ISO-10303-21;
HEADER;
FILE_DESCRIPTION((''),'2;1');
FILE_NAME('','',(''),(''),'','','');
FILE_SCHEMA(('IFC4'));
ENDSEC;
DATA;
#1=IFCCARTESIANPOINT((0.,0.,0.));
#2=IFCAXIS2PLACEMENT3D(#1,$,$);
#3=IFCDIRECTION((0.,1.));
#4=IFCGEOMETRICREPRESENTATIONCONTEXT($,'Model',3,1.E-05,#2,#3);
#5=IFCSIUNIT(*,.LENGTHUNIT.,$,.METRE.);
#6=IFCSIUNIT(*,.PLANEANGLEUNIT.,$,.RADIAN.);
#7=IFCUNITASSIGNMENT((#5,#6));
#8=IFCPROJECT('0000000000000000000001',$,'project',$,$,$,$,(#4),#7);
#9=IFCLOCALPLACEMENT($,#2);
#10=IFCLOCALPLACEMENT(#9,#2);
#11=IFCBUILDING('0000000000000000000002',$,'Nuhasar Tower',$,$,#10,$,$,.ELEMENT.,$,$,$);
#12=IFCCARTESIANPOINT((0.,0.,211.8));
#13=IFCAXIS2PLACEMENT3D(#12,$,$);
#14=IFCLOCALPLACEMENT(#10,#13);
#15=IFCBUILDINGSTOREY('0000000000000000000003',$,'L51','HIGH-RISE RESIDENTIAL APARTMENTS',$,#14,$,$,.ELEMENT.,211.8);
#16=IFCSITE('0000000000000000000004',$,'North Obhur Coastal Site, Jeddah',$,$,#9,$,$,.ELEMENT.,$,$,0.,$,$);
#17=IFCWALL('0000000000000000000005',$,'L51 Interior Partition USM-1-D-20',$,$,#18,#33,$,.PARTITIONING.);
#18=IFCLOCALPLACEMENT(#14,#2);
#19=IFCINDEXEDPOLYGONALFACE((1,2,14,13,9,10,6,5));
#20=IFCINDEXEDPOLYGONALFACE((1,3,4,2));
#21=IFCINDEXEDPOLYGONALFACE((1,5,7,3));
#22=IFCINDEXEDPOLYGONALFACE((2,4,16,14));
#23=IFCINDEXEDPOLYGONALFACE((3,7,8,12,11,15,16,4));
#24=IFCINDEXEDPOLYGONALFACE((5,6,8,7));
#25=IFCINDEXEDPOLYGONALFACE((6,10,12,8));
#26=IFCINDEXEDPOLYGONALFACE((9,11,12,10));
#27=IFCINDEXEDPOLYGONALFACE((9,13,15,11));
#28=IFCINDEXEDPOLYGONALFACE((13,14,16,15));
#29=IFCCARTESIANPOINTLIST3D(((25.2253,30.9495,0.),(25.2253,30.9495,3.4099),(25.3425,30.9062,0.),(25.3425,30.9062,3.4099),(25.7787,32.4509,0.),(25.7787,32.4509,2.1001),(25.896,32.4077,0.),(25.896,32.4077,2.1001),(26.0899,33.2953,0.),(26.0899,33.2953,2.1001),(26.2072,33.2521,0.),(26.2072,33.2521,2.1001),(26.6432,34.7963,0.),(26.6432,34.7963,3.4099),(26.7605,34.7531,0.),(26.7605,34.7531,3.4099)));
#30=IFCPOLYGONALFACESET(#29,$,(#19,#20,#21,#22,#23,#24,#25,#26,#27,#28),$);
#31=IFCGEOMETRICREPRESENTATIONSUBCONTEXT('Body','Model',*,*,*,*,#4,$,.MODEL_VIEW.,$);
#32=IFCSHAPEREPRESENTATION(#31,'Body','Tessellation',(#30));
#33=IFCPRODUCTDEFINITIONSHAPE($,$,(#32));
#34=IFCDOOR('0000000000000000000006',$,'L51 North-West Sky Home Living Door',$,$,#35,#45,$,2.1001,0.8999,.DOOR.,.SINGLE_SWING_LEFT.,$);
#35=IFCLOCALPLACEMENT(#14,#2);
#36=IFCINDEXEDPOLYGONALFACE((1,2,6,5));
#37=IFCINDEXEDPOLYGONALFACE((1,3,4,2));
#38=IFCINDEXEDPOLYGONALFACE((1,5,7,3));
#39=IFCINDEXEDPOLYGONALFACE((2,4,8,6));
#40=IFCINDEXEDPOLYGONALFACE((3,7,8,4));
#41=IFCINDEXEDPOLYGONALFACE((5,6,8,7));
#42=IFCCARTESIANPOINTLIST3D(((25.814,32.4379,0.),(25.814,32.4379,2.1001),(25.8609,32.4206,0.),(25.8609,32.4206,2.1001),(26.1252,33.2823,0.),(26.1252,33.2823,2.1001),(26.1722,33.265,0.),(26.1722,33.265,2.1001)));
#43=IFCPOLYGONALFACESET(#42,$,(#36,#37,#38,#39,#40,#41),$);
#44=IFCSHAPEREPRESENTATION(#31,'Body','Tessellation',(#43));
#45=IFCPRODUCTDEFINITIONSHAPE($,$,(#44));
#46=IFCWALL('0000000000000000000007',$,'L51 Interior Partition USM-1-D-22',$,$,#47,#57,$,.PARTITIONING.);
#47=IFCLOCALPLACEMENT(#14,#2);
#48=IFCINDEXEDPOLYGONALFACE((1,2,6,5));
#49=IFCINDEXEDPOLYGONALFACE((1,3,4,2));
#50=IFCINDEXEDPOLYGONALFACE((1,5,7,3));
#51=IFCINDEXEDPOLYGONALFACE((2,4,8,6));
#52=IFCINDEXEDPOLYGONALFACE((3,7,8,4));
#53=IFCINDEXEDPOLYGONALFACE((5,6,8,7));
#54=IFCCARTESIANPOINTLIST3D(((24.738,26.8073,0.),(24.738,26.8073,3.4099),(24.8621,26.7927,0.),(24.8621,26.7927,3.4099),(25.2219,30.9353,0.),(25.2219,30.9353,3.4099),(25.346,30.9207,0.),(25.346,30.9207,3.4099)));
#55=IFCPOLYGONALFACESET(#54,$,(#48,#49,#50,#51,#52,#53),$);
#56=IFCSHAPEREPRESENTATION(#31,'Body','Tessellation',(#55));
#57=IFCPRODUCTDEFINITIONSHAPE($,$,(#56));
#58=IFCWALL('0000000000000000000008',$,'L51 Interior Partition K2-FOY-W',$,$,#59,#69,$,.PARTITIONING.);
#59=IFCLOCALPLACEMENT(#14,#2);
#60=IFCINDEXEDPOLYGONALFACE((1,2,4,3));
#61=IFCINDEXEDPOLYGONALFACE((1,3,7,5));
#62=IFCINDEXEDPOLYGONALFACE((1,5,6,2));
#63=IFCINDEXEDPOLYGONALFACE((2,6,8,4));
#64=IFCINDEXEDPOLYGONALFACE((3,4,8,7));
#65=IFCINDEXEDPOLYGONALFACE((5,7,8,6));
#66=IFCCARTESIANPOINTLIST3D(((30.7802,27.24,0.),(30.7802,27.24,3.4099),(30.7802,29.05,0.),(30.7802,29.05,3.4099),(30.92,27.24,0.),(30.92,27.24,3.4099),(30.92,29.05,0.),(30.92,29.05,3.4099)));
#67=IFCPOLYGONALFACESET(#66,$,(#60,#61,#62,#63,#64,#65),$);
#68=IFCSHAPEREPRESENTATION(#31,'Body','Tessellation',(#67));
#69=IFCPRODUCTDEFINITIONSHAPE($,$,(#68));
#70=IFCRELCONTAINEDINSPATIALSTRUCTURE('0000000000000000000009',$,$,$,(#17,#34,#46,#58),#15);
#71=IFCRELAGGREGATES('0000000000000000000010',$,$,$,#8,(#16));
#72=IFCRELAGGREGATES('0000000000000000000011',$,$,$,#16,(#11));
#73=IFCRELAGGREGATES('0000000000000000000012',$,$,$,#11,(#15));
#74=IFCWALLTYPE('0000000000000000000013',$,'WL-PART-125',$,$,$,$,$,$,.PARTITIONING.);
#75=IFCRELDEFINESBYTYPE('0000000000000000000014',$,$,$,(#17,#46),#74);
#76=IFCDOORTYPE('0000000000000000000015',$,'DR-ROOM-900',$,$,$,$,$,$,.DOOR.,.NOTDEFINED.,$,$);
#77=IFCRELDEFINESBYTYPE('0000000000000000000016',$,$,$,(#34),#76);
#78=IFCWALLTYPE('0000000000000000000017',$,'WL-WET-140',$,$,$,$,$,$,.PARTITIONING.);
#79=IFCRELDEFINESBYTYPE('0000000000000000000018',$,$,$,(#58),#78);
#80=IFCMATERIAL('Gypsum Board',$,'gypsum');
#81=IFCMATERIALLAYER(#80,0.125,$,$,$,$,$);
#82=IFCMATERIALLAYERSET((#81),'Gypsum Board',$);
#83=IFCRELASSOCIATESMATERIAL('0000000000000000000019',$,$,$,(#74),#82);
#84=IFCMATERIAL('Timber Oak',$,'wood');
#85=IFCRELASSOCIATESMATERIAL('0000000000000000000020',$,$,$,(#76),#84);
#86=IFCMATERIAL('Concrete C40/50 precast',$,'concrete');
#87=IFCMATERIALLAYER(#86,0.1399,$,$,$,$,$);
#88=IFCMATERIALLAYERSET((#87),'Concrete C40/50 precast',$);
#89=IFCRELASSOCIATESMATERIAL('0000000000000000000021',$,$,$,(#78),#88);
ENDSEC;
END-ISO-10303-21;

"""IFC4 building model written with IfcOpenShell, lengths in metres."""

from ifc_helpers import new_model, si_unit, direction, frame, frame_2d, origin, place, context, subcontext, project, spatial, rectangle, extrude, material, layer, layer_set, type_object, element, fill, save


model = new_model("IFC4")

# Units and contexts
model_context = context("Model", 3, precision=1e-05, world=origin(), true_north=direction((0.0, 1.0)))
body_context = subcontext(model_context, "Body", "Model", "MODEL_VIEW")
ifc_project = project(units=[si_unit("LENGTHUNIT", "METRE"), si_unit("PLANEANGLEUNIT", "RADIAN")], contexts=[model_context])

# Site, building, storey
site_placement = place(None, origin())
site = spatial("IfcSite", under=ifc_project, at=site_placement, Name="North Obhur Coastal Site, Jeddah", CompositionType="ELEMENT", RefElevation=0.0)
building_placement = place(site_placement, origin())
building = spatial("IfcBuilding", under=site, at=building_placement, Name="Nuhasar Tower", CompositionType="ELEMENT")
storey_placement = place(building_placement, frame((0.0, 0.0, 211.8)))
storey = spatial("IfcBuildingStorey", under=building, at=storey_placement, Name="L51", Description="HIGH-RISE RESIDENTIAL APARTMENTS", CompositionType="ELEMENT", Elevation=211.8)

# Shared definitions
ifc_material_1 = material(Name="Gypsum Board", Category="gypsum")

# Shared definitions
ifc_material_2 = material(Name="Timber Oak", Category="wood")

# Shared definitions
ifc_layer_1 = layer(ifc_material_1, 0.125)
ifc_layer_set_1 = layer_set([ifc_layer_1], Name="Gypsum Board")
wall_type_1 = type_object("IfcWallType", Name="WL-PART-125", PredefinedType="PARTITIONING", material=ifc_layer_set_1)

# Wall, opening, door
wall_1_placement = place(storey_placement, frame((25.2839, 30.928, 0.0), z_axis=(0.0, 0.0, 1.0), x_axis=(0.345852, 0.938289, 0.0)))
wall_1 = element("IfcWall", 1, at=wall_1_placement, inside=storey, type_object=wall_type_1, Name="L51 Interior Partition USM-1-D-20", PredefinedType="PARTITIONING", context=body_context, shape_type="SweptSolid", body=[
    extrude(rectangle(XDim=4.0999, YDim=0.125, at=frame_2d((2.0498, 0.0))), origin(), (0.0, 0.0, 1.0), 3.4099),
])
opening_1_placement = place(wall_1_placement, frame((1.6001, 0.0, 0.0)))
opening_1 = element("IfcOpeningElement", 2, at=opening_1_placement, cuts=wall_1, PredefinedType="OPENING", context=body_context, shape_type="SweptSolid", body=[
    extrude(rectangle(XDim=0.8999, YDim=2.1001, at=frame_2d((0.45, 1.05))), frame((0.0, 0.0725, 0.0), z_axis=(0.0, -1.0, 0.0), x_axis=(1.0, 0.0, 0.0)), (0.0, 0.0, 1.0), 0.145),
])
door_type_1 = type_object("IfcDoorType", Name="DR-ROOM-900", OperationType="NOTDEFINED", PredefinedType="DOOR", material=ifc_material_2)
door_1_placement = place(opening_1_placement, origin())
door_1 = element("IfcDoor", 3, at=door_1_placement, inside=storey, type_object=door_type_1, Name="L51 North-West Sky Home Living Door", OperationType="SINGLE_SWING_LEFT", OverallHeight=2.1001, OverallWidth=0.8999, PredefinedType="DOOR", context=body_context, shape_type="SweptSolid", body=[
    extrude(rectangle(XDim=0.8999, YDim=2.1001, at=frame_2d((0.45, 1.05))), frame((0.0, 0.0249, 0.0), z_axis=(0.0, -1.0, 0.0), x_axis=(1.0, 0.0, 0.0)), (0.0, 0.0, 1.0), 0.05),
])
fill(opening_1, door_1)

# Walls
wall_2_placement = place(storey_placement, frame((25.2839, 30.928, 0.0), z_axis=(0.0, 0.0, 1.0), x_axis=(-0.116425, -0.993199, 0.0)))
element("IfcWall", 4, at=wall_2_placement, inside=storey, type_object=wall_type_1, Name="L51 Interior Partition USM-1-D-22", PredefinedType="PARTITIONING", context=body_context, shape_type="SweptSolid", body=[
    extrude(rectangle(XDim=4.1562, YDim=0.125, at=frame_2d((2.0781, 0.0))), origin(), (0.0, 0.0, 1.0), 3.4099),
])
ifc_material_3 = material(Name="Concrete C40/50 precast", Category="concrete")
ifc_layer_2 = layer(ifc_material_3, 0.1399)
ifc_layer_set_2 = layer_set([ifc_layer_2], Name="Concrete C40/50 precast")
wall_type_2 = type_object("IfcWallType", Name="WL-WET-140", PredefinedType="PARTITIONING", material=ifc_layer_set_2)
wall_3_placement = place(storey_placement, frame((30.8501, 27.24, 0.0), z_axis=(0.0, 0.0, 1.0), x_axis=(0.0, 1.0, 0.0)))
element("IfcWall", 5, at=wall_3_placement, inside=storey, type_object=wall_type_2, Name="L51 Interior Partition K2-FOY-W", PredefinedType="PARTITIONING", context=body_context, shape_type="SweptSolid", body=[
    extrude(rectangle(XDim=1.8101, YDim=0.1399, at=frame_2d((0.905, 0.0))), origin(), (0.0, 0.0, 1.0), 3.4099),
])

save(model, "model.ifc")
